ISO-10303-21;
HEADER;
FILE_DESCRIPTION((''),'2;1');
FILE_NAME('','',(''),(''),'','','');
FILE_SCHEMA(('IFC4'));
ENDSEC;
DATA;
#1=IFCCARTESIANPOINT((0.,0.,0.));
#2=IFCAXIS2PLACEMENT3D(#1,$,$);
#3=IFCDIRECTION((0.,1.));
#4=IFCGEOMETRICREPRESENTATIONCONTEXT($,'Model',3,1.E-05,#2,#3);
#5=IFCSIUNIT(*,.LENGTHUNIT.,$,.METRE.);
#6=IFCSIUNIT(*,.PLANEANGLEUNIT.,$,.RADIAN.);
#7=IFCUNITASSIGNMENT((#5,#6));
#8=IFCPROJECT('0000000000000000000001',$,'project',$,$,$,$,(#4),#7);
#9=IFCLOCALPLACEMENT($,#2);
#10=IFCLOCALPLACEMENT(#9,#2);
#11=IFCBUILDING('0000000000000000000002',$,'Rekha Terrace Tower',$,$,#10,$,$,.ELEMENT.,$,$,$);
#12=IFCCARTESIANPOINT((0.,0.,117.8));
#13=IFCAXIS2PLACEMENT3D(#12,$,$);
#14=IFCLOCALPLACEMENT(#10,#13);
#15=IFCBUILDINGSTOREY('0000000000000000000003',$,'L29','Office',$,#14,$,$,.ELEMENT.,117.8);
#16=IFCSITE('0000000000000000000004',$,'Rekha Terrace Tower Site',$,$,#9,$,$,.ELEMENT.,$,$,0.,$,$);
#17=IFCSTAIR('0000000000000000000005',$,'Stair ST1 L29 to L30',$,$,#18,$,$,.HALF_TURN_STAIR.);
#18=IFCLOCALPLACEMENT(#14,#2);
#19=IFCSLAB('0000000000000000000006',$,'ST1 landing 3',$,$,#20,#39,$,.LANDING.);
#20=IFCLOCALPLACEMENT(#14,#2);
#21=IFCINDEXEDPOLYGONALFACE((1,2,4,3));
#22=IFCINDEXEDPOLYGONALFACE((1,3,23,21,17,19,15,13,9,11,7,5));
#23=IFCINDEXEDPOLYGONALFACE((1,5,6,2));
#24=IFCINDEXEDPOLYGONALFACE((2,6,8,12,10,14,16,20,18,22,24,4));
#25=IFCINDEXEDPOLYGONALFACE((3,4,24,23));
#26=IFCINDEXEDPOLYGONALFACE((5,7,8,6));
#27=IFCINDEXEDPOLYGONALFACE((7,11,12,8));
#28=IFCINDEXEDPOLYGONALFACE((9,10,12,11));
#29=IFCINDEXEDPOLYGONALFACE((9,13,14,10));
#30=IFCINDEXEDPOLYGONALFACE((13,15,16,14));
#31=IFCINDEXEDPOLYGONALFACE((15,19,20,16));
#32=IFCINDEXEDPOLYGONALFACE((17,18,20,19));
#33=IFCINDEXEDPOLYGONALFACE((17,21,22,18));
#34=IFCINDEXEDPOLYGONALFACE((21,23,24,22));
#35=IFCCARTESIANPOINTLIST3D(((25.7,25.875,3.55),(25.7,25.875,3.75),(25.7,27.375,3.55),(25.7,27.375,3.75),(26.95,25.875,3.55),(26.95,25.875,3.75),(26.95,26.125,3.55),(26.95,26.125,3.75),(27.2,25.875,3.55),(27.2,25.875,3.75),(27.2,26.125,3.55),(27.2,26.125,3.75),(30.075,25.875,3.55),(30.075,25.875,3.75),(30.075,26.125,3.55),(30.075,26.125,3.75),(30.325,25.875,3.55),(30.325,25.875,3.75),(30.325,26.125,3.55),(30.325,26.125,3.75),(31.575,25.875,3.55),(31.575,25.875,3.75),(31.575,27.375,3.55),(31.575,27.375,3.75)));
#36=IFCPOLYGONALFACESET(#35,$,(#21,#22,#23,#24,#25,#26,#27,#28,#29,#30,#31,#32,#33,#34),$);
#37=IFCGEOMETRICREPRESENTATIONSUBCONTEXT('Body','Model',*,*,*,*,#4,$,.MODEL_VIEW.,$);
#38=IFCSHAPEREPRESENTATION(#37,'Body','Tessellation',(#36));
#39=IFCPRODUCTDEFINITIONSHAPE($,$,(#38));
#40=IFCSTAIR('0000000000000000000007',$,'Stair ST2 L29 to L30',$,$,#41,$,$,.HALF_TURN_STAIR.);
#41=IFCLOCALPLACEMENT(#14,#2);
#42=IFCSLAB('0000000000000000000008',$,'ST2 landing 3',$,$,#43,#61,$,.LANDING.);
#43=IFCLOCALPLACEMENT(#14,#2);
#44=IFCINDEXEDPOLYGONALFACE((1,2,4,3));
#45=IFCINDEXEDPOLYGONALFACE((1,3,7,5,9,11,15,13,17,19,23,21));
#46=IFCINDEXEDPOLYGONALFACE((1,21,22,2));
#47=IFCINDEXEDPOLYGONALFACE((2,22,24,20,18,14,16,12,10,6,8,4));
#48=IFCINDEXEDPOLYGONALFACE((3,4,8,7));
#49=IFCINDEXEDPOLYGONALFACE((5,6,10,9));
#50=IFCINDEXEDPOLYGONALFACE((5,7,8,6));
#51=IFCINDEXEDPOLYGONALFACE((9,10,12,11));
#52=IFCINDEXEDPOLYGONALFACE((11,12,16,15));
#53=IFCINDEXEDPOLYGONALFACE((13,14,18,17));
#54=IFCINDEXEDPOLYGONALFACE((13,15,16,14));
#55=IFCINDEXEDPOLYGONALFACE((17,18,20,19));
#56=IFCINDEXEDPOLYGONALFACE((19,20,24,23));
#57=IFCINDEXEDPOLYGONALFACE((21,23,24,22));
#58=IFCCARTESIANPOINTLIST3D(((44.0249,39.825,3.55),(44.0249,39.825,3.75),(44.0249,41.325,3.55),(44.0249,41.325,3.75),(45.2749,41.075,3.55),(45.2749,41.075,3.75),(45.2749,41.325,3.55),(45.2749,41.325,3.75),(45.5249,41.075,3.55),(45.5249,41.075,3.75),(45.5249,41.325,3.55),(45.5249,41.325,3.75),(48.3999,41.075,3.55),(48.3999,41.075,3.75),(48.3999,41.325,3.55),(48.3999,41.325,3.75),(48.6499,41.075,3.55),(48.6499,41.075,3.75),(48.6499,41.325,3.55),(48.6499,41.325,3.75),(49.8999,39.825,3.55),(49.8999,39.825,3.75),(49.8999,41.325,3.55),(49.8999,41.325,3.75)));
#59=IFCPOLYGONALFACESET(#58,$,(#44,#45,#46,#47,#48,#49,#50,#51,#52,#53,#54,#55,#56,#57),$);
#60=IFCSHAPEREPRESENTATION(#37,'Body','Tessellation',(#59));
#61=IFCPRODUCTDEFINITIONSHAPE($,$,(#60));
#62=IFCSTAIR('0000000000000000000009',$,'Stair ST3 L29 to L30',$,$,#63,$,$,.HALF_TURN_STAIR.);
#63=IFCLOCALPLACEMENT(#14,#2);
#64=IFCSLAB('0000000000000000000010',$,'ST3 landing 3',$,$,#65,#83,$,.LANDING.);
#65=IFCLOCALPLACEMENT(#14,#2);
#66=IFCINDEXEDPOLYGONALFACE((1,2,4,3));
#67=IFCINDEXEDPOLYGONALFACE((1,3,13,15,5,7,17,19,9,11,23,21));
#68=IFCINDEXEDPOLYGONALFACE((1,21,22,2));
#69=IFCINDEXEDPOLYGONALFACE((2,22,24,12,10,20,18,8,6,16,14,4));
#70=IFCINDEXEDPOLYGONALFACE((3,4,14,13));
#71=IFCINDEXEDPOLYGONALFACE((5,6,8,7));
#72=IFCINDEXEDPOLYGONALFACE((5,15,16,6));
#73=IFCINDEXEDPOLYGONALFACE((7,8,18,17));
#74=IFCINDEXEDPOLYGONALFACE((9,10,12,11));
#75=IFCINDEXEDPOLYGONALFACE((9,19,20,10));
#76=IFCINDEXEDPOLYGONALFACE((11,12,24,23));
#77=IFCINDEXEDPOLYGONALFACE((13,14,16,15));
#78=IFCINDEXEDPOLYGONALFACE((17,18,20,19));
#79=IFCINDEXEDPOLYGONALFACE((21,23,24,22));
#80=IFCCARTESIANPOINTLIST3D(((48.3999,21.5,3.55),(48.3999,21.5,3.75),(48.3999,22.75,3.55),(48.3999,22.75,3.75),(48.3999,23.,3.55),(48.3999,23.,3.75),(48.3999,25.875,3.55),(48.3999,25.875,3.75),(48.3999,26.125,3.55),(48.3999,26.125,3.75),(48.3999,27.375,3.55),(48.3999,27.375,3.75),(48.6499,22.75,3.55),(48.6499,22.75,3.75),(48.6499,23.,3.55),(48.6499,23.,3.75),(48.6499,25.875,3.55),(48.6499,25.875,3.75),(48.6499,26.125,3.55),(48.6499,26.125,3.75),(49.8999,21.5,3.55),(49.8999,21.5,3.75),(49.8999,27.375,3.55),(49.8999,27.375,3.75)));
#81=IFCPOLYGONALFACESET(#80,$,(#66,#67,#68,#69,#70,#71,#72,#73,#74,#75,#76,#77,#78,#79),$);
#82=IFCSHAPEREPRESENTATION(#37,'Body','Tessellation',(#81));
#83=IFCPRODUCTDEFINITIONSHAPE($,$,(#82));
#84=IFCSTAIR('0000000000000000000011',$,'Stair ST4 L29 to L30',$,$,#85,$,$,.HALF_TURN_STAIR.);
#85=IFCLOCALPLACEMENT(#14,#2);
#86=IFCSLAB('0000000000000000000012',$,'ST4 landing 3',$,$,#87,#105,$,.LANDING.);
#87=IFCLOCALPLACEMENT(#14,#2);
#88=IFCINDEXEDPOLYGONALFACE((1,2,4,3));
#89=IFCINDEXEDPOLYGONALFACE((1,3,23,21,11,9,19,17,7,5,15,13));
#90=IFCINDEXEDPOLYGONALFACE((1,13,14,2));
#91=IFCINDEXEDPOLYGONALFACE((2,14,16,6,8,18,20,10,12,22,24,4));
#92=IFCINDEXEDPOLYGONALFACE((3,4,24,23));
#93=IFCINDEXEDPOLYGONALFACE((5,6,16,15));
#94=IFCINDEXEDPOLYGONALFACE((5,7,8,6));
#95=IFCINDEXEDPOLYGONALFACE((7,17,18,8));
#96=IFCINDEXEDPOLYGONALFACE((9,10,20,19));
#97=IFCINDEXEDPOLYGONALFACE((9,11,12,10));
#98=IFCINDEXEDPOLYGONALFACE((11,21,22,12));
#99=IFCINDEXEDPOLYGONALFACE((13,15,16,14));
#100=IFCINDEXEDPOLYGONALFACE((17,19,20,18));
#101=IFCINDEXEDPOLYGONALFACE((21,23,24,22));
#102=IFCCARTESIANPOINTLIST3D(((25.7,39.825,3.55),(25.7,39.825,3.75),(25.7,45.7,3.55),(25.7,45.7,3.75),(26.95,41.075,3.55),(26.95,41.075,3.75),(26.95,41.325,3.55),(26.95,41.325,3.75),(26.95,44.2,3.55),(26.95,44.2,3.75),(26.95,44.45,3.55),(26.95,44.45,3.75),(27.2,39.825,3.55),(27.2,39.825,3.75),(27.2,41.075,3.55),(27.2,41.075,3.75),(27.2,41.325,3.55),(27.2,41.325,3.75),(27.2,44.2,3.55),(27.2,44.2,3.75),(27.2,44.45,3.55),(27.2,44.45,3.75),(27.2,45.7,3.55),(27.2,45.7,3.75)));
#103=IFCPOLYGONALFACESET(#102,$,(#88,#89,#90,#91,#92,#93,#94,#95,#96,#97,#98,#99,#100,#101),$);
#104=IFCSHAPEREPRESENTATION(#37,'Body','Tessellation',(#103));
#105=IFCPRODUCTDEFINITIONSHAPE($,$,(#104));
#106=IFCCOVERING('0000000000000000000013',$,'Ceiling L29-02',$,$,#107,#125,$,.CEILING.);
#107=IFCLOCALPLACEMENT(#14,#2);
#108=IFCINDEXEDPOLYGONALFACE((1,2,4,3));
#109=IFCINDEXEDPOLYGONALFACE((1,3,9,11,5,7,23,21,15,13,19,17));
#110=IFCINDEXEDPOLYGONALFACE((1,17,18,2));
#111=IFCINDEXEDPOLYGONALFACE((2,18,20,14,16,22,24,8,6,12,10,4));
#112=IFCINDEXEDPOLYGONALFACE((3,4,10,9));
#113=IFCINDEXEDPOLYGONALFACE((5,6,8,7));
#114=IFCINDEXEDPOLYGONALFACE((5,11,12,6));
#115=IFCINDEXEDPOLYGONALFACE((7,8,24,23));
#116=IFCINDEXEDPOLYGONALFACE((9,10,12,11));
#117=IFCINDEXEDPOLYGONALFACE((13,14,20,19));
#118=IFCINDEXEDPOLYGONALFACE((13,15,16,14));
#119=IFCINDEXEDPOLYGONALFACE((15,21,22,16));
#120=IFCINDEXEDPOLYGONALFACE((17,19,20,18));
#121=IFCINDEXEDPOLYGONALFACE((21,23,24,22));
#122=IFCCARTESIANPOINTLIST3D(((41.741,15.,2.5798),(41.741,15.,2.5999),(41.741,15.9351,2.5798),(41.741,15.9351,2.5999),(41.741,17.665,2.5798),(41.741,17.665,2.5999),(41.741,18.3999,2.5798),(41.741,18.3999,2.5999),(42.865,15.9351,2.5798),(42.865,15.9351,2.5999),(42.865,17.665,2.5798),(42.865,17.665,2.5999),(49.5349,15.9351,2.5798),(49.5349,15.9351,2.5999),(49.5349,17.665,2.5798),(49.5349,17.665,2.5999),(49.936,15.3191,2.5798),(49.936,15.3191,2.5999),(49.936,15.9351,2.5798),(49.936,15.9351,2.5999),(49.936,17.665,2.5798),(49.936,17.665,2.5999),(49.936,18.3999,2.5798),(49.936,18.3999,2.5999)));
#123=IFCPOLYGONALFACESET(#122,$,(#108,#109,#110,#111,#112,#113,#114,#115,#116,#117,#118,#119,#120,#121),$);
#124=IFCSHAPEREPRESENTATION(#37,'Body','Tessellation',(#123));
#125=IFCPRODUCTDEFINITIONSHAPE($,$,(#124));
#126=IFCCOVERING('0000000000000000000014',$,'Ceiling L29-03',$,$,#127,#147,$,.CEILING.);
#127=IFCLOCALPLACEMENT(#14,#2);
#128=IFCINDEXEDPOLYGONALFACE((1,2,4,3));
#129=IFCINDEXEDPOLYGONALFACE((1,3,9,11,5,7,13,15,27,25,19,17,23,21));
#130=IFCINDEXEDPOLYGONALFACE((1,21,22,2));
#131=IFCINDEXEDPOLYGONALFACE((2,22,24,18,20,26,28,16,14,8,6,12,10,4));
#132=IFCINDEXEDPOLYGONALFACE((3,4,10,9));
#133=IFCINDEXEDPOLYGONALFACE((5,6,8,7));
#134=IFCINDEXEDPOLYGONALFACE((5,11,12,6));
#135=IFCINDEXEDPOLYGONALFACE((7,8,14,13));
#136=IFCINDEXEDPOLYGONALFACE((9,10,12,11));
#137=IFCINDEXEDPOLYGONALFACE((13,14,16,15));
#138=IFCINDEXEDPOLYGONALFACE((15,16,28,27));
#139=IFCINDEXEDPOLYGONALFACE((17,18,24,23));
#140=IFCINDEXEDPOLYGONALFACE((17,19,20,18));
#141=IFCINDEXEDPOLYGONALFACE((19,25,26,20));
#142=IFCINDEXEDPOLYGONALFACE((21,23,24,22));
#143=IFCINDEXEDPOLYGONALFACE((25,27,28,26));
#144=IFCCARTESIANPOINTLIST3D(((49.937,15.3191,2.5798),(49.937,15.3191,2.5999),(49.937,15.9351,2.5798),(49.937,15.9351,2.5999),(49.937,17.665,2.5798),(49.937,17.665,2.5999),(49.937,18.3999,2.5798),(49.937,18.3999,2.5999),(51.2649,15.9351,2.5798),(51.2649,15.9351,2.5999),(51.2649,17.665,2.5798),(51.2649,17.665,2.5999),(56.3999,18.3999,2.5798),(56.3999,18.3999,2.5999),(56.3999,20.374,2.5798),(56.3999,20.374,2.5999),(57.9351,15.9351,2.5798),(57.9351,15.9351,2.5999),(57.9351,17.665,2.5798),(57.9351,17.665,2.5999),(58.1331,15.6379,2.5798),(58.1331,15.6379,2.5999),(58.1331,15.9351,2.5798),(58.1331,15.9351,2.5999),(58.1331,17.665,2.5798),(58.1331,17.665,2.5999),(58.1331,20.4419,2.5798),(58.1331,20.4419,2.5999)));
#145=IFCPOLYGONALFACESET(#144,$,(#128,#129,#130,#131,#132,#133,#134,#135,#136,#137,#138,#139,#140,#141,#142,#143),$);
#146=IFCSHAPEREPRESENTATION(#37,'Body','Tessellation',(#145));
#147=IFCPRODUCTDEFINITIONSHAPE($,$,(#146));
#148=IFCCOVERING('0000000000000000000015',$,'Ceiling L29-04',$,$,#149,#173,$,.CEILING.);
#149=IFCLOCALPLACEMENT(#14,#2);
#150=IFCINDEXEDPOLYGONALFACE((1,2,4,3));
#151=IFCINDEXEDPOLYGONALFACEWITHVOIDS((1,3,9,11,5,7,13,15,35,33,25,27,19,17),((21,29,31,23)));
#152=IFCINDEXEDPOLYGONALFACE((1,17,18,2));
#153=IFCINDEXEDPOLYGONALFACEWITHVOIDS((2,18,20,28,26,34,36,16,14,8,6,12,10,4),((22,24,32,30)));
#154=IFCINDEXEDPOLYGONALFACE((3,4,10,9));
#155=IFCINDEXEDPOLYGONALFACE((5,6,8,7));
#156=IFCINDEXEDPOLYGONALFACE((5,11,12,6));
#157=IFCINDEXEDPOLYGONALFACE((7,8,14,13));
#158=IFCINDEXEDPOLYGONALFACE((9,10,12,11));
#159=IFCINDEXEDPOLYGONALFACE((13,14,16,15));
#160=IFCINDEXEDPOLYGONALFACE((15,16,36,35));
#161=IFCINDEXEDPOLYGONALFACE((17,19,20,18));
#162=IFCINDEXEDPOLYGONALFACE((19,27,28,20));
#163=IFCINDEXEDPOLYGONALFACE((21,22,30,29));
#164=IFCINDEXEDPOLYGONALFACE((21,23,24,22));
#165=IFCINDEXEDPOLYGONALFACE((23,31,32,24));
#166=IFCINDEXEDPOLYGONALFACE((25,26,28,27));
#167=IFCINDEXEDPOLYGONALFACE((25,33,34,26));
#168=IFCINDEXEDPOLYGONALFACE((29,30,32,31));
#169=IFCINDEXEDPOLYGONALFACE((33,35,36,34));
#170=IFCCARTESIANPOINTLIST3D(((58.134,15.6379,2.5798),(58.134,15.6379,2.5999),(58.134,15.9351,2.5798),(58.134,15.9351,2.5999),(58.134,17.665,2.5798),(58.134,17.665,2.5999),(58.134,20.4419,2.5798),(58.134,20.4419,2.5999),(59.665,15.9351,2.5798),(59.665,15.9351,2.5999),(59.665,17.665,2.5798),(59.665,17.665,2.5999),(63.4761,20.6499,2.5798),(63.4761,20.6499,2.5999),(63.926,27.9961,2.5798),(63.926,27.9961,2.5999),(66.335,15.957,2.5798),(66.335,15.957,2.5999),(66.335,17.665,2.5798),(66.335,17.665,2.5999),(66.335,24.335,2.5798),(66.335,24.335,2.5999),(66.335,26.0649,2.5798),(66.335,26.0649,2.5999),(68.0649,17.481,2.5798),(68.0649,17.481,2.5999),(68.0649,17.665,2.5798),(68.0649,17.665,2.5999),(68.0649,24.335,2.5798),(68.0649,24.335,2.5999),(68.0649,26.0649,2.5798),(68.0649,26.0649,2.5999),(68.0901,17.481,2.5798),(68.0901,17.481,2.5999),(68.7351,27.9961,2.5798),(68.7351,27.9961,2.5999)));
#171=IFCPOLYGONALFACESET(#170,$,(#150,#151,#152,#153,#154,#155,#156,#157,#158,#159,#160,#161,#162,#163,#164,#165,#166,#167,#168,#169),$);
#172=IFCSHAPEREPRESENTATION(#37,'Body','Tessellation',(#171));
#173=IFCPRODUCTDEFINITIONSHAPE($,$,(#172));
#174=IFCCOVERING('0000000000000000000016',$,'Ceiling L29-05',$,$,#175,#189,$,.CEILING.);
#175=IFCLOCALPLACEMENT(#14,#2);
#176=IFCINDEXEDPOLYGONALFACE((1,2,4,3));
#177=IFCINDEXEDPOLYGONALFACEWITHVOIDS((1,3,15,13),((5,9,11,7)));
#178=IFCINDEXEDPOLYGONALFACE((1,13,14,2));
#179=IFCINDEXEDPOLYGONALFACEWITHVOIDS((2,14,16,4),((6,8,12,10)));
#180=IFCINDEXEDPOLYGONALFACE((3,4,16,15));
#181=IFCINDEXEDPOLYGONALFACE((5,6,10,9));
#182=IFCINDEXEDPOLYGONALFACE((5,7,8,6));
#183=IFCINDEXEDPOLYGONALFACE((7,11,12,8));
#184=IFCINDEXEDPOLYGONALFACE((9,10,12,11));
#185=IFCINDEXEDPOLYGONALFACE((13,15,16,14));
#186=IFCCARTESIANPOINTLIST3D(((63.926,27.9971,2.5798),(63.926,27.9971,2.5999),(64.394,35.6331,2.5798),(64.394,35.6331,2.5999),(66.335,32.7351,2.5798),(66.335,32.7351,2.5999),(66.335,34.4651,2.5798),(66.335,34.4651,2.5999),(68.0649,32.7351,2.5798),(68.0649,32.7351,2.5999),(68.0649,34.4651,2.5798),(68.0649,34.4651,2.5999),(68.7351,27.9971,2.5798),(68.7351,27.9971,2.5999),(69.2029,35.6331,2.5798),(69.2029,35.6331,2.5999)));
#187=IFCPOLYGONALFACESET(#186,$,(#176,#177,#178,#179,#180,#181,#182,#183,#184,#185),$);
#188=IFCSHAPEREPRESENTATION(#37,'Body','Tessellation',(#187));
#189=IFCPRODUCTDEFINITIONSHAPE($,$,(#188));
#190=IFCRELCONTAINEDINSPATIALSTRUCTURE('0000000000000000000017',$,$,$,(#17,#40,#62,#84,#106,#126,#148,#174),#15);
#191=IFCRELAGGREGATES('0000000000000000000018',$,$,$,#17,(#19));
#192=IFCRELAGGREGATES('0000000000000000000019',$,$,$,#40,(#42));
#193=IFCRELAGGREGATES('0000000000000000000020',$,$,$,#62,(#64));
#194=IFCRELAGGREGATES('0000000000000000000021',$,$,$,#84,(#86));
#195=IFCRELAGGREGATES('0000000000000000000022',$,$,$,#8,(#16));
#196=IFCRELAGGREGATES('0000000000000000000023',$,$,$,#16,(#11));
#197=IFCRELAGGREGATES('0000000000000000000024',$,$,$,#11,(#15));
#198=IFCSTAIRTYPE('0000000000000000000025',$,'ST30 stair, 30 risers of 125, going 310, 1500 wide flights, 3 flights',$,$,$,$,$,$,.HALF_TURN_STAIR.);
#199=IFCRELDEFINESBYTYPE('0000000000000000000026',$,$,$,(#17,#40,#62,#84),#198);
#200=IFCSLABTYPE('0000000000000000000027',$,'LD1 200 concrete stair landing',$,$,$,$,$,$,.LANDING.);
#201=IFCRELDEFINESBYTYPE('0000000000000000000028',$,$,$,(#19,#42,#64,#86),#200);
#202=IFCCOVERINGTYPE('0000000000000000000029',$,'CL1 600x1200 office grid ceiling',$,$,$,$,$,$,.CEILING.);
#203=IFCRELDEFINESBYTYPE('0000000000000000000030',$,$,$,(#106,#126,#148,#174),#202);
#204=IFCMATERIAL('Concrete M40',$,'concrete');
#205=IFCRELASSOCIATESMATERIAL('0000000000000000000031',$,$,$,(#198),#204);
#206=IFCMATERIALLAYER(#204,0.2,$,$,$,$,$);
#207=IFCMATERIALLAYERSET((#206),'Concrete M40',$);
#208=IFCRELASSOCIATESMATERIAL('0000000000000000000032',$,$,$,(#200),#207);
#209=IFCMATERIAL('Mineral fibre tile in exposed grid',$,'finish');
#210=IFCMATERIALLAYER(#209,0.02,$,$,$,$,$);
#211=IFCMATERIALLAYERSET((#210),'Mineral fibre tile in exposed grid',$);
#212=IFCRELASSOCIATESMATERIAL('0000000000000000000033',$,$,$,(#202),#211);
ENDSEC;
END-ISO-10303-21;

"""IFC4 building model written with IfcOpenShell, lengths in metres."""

from ifc_helpers import new_model, si_unit, direction, frame, origin, place, context, subcontext, project, spatial, polyline, outline, extrude, material, layer, layer_set, type_object, element, aggregate, save


model = new_model("IFC4")

# Units and contexts
model_context = context("Model", 3, precision=1e-05, world=origin(), true_north=direction((0.0, 1.0)))
body_context = subcontext(model_context, "Body", "Model", "MODEL_VIEW")
ifc_project = project(units=[si_unit("LENGTHUNIT", "METRE"), si_unit("PLANEANGLEUNIT", "RADIAN")], contexts=[model_context])

# Site, building, storey
site_placement = place(None, origin())
site = spatial("IfcSite", under=ifc_project, at=site_placement, Name="Rekha Terrace Tower Site", CompositionType="ELEMENT", RefElevation=0.0)
building_placement = place(site_placement, origin())
building = spatial("IfcBuilding", under=site, at=building_placement, Name="Rekha Terrace Tower", CompositionType="ELEMENT")
storey_placement = place(building_placement, frame((0.0, 0.0, 117.8)))
storey = spatial("IfcBuildingStorey", under=building, at=storey_placement, Name="L29", Description="Office", CompositionType="ELEMENT", Elevation=117.8)

# Stairs, slabs
ifc_material_1 = material(Name="Concrete M40", Category="concrete")
stair_type = type_object("IfcStairType", Name="ST30 stair, 30 risers of 125, going 310, 1500 wide flights, 3 flights", PredefinedType="HALF_TURN_STAIR", material=ifc_material_1)
stair_1_placement = place(storey_placement, origin())
stair_1 = element("IfcStair", 1, at=stair_1_placement, inside=storey, type_object=stair_type, Name="Stair ST1 L29 to L30", PredefinedType="HALF_TURN_STAIR")
ifc_layer_1 = layer(ifc_material_1, 0.2)
ifc_layer_set_1 = layer_set([ifc_layer_1], Name="Concrete M40")
slab_type = type_object("IfcSlabType", Name="LD1 200 concrete stair landing", PredefinedType="LANDING", material=ifc_layer_set_1)
slab_1_placement = place(storey_placement, frame((0.0, 0.0, 3.55)))
slab_1 = element("IfcSlab", 2, at=slab_1_placement, type_object=slab_type, Name="ST1 landing 3", PredefinedType="LANDING", context=body_context, shape_type="SweptSolid", body=[
    extrude(outline(polyline([(31.575, 25.875), (31.575, 27.375), (25.7, 27.375), (25.7, 25.875), (26.95, 25.875), (26.95, 26.125), (27.2, 26.125), (27.2, 25.875), (30.075, 25.875), (30.075, 26.125), (30.325, 26.125), (30.325, 25.875), (31.575, 25.875)])), origin(), (0.0, 0.0, 1.0), 0.2),
])
aggregate(stair_1, [slab_1])
stair_2_placement = place(storey_placement, origin())
stair_2 = element("IfcStair", 3, at=stair_2_placement, inside=storey, type_object=stair_type, Name="Stair ST2 L29 to L30", PredefinedType="HALF_TURN_STAIR")
slab_2_placement = place(storey_placement, frame((0.0, 0.0, 3.55)))
slab_2 = element("IfcSlab", 4, at=slab_2_placement, type_object=slab_type, Name="ST2 landing 3", PredefinedType="LANDING", context=body_context, shape_type="SweptSolid", body=[
    extrude(outline(polyline([(44.0249, 41.325), (44.0249, 39.825), (49.8999, 39.825), (49.8999, 41.325), (48.6499, 41.325), (48.6499, 41.075), (48.3999, 41.075), (48.3999, 41.325), (45.5249, 41.325), (45.5249, 41.075), (45.2749, 41.075), (45.2749, 41.325), (44.0249, 41.325)])), origin(), (0.0, 0.0, 1.0), 0.2),
])
aggregate(stair_2, [slab_2])
stair_3_placement = place(storey_placement, origin())
stair_3 = element("IfcStair", 5, at=stair_3_placement, inside=storey, type_object=stair_type, Name="Stair ST3 L29 to L30", PredefinedType="HALF_TURN_STAIR")
slab_3_placement = place(storey_placement, frame((0.0, 0.0, 3.55)))
slab_3 = element("IfcSlab", 6, at=slab_3_placement, type_object=slab_type, Name="ST3 landing 3", PredefinedType="LANDING", context=body_context, shape_type="SweptSolid", body=[
    extrude(outline(polyline([(48.3999, 21.5), (49.8999, 21.5), (49.8999, 27.375), (48.3999, 27.375), (48.3999, 26.125), (48.6499, 26.125), (48.6499, 25.875), (48.3999, 25.875), (48.3999, 23.0), (48.6499, 23.0), (48.6499, 22.75), (48.3999, 22.75), (48.3999, 21.5)])), origin(), (0.0, 0.0, 1.0), 0.2),
])
aggregate(stair_3, [slab_3])
stair_4_placement = place(storey_placement, origin())
stair_4 = element("IfcStair", 7, at=stair_4_placement, inside=storey, type_object=stair_type, Name="Stair ST4 L29 to L30", PredefinedType="HALF_TURN_STAIR")
slab_4_placement = place(storey_placement, frame((0.0, 0.0, 3.55)))
slab_4 = element("IfcSlab", 8, at=slab_4_placement, type_object=slab_type, Name="ST4 landing 3", PredefinedType="LANDING", context=body_context, shape_type="SweptSolid", body=[
    extrude(outline(polyline([(27.2, 39.825), (25.7, 39.825), (25.7, 45.7), (27.2, 45.7), (27.2, 44.45), (26.95, 44.45), (26.95, 44.2), (27.2, 44.2), (27.2, 41.325), (26.95, 41.325), (26.95, 41.075), (27.2, 41.075), (27.2, 39.825)])), origin(), (0.0, 0.0, 1.0), 0.2),
])
aggregate(stair_4, [slab_4])

# Coverings
ifc_material_2 = material(Name="Mineral fibre tile in exposed grid", Category="finish")
ifc_layer_2 = layer(ifc_material_2, 0.02)
ifc_layer_set_2 = layer_set([ifc_layer_2], Name="Mineral fibre tile in exposed grid")
covering_type_1 = type_object("IfcCoveringType", Name="CL1 600x1200 office grid ceiling", PredefinedType="CEILING", material=ifc_layer_set_2)
covering_1_placement = place(storey_placement, frame((0.0, 0.0, 2.5798)))
element("IfcCovering", 9, at=covering_1_placement, inside=storey, type_object=covering_type_1, Name="Ceiling L29-02", PredefinedType="CEILING", context=body_context, shape_type="SweptSolid", body=[
    extrude(outline(polyline([(49.936, 17.665), (49.936, 18.3999), (41.741, 18.3999), (41.741, 17.665), (42.865, 17.665), (42.865, 15.9351), (41.741, 15.9351), (41.741, 15.0), (49.936, 15.3191), (49.936, 15.9351), (49.5349, 15.9351), (49.5349, 17.665), (49.936, 17.665)])), origin(), (0.0, 0.0, 1.0), 0.02),
])
covering_2_placement = place(storey_placement, frame((0.0, 0.0, 2.5798)))
element("IfcCovering", 10, at=covering_2_placement, inside=storey, type_object=covering_type_1, Name="Ceiling L29-03", PredefinedType="CEILING", context=body_context, shape_type="SweptSolid", body=[
    extrude(outline(polyline([(56.3999, 20.374), (56.3999, 18.3999), (49.937, 18.3999), (49.937, 17.665), (51.2649, 17.665), (51.2649, 15.9351), (49.937, 15.9351), (49.937, 15.3191), (58.1331, 15.6379), (58.1331, 15.9351), (57.9351, 15.9351), (57.9351, 17.665), (58.1331, 17.665), (58.1331, 20.4419), (56.3999, 20.374)])), origin(), (0.0, 0.0, 1.0), 0.02),
])
covering_3_placement = place(storey_placement, frame((0.0, 0.0, 2.5798)))
element("IfcCovering", 11, at=covering_3_placement, inside=storey, type_object=covering_type_1, Name="Ceiling L29-04", PredefinedType="CEILING", context=body_context, shape_type="SweptSolid", body=[
    extrude(outline(polyline([(63.926, 27.9961), (63.4761, 20.6499), (58.134, 20.4419), (58.134, 17.665), (59.665, 17.665), (59.665, 15.9351), (58.134, 15.9351), (58.134, 15.6379), (66.335, 15.957), (66.335, 17.665), (68.0649, 17.665), (68.0649, 17.481), (68.0901, 17.481), (68.7351, 27.9961), (63.926, 27.9961)]), holes=[polyline([(68.0649, 24.335), (66.335, 24.335), (66.335, 26.0649), (68.0649, 26.0649), (68.0649, 24.335)])]), origin(), (0.0, 0.0, 1.0), 0.02),
])
covering_4_placement = place(storey_placement, frame((0.0, 0.0, 2.5798)))
element("IfcCovering", 12, at=covering_4_placement, inside=storey, type_object=covering_type_1, Name="Ceiling L29-05", PredefinedType="CEILING", context=body_context, shape_type="SweptSolid", body=[
    extrude(outline(polyline([(63.926, 27.9971), (68.7351, 27.9971), (69.2029, 35.6331), (64.394, 35.6331), (63.926, 27.9971)]), holes=[polyline([(68.0649, 34.4651), (68.0649, 32.7351), (66.335, 32.7351), (66.335, 34.4651), (68.0649, 34.4651)])]), origin(), (0.0, 0.0, 1.0), 0.02),
])

save(model, "model.ifc")
